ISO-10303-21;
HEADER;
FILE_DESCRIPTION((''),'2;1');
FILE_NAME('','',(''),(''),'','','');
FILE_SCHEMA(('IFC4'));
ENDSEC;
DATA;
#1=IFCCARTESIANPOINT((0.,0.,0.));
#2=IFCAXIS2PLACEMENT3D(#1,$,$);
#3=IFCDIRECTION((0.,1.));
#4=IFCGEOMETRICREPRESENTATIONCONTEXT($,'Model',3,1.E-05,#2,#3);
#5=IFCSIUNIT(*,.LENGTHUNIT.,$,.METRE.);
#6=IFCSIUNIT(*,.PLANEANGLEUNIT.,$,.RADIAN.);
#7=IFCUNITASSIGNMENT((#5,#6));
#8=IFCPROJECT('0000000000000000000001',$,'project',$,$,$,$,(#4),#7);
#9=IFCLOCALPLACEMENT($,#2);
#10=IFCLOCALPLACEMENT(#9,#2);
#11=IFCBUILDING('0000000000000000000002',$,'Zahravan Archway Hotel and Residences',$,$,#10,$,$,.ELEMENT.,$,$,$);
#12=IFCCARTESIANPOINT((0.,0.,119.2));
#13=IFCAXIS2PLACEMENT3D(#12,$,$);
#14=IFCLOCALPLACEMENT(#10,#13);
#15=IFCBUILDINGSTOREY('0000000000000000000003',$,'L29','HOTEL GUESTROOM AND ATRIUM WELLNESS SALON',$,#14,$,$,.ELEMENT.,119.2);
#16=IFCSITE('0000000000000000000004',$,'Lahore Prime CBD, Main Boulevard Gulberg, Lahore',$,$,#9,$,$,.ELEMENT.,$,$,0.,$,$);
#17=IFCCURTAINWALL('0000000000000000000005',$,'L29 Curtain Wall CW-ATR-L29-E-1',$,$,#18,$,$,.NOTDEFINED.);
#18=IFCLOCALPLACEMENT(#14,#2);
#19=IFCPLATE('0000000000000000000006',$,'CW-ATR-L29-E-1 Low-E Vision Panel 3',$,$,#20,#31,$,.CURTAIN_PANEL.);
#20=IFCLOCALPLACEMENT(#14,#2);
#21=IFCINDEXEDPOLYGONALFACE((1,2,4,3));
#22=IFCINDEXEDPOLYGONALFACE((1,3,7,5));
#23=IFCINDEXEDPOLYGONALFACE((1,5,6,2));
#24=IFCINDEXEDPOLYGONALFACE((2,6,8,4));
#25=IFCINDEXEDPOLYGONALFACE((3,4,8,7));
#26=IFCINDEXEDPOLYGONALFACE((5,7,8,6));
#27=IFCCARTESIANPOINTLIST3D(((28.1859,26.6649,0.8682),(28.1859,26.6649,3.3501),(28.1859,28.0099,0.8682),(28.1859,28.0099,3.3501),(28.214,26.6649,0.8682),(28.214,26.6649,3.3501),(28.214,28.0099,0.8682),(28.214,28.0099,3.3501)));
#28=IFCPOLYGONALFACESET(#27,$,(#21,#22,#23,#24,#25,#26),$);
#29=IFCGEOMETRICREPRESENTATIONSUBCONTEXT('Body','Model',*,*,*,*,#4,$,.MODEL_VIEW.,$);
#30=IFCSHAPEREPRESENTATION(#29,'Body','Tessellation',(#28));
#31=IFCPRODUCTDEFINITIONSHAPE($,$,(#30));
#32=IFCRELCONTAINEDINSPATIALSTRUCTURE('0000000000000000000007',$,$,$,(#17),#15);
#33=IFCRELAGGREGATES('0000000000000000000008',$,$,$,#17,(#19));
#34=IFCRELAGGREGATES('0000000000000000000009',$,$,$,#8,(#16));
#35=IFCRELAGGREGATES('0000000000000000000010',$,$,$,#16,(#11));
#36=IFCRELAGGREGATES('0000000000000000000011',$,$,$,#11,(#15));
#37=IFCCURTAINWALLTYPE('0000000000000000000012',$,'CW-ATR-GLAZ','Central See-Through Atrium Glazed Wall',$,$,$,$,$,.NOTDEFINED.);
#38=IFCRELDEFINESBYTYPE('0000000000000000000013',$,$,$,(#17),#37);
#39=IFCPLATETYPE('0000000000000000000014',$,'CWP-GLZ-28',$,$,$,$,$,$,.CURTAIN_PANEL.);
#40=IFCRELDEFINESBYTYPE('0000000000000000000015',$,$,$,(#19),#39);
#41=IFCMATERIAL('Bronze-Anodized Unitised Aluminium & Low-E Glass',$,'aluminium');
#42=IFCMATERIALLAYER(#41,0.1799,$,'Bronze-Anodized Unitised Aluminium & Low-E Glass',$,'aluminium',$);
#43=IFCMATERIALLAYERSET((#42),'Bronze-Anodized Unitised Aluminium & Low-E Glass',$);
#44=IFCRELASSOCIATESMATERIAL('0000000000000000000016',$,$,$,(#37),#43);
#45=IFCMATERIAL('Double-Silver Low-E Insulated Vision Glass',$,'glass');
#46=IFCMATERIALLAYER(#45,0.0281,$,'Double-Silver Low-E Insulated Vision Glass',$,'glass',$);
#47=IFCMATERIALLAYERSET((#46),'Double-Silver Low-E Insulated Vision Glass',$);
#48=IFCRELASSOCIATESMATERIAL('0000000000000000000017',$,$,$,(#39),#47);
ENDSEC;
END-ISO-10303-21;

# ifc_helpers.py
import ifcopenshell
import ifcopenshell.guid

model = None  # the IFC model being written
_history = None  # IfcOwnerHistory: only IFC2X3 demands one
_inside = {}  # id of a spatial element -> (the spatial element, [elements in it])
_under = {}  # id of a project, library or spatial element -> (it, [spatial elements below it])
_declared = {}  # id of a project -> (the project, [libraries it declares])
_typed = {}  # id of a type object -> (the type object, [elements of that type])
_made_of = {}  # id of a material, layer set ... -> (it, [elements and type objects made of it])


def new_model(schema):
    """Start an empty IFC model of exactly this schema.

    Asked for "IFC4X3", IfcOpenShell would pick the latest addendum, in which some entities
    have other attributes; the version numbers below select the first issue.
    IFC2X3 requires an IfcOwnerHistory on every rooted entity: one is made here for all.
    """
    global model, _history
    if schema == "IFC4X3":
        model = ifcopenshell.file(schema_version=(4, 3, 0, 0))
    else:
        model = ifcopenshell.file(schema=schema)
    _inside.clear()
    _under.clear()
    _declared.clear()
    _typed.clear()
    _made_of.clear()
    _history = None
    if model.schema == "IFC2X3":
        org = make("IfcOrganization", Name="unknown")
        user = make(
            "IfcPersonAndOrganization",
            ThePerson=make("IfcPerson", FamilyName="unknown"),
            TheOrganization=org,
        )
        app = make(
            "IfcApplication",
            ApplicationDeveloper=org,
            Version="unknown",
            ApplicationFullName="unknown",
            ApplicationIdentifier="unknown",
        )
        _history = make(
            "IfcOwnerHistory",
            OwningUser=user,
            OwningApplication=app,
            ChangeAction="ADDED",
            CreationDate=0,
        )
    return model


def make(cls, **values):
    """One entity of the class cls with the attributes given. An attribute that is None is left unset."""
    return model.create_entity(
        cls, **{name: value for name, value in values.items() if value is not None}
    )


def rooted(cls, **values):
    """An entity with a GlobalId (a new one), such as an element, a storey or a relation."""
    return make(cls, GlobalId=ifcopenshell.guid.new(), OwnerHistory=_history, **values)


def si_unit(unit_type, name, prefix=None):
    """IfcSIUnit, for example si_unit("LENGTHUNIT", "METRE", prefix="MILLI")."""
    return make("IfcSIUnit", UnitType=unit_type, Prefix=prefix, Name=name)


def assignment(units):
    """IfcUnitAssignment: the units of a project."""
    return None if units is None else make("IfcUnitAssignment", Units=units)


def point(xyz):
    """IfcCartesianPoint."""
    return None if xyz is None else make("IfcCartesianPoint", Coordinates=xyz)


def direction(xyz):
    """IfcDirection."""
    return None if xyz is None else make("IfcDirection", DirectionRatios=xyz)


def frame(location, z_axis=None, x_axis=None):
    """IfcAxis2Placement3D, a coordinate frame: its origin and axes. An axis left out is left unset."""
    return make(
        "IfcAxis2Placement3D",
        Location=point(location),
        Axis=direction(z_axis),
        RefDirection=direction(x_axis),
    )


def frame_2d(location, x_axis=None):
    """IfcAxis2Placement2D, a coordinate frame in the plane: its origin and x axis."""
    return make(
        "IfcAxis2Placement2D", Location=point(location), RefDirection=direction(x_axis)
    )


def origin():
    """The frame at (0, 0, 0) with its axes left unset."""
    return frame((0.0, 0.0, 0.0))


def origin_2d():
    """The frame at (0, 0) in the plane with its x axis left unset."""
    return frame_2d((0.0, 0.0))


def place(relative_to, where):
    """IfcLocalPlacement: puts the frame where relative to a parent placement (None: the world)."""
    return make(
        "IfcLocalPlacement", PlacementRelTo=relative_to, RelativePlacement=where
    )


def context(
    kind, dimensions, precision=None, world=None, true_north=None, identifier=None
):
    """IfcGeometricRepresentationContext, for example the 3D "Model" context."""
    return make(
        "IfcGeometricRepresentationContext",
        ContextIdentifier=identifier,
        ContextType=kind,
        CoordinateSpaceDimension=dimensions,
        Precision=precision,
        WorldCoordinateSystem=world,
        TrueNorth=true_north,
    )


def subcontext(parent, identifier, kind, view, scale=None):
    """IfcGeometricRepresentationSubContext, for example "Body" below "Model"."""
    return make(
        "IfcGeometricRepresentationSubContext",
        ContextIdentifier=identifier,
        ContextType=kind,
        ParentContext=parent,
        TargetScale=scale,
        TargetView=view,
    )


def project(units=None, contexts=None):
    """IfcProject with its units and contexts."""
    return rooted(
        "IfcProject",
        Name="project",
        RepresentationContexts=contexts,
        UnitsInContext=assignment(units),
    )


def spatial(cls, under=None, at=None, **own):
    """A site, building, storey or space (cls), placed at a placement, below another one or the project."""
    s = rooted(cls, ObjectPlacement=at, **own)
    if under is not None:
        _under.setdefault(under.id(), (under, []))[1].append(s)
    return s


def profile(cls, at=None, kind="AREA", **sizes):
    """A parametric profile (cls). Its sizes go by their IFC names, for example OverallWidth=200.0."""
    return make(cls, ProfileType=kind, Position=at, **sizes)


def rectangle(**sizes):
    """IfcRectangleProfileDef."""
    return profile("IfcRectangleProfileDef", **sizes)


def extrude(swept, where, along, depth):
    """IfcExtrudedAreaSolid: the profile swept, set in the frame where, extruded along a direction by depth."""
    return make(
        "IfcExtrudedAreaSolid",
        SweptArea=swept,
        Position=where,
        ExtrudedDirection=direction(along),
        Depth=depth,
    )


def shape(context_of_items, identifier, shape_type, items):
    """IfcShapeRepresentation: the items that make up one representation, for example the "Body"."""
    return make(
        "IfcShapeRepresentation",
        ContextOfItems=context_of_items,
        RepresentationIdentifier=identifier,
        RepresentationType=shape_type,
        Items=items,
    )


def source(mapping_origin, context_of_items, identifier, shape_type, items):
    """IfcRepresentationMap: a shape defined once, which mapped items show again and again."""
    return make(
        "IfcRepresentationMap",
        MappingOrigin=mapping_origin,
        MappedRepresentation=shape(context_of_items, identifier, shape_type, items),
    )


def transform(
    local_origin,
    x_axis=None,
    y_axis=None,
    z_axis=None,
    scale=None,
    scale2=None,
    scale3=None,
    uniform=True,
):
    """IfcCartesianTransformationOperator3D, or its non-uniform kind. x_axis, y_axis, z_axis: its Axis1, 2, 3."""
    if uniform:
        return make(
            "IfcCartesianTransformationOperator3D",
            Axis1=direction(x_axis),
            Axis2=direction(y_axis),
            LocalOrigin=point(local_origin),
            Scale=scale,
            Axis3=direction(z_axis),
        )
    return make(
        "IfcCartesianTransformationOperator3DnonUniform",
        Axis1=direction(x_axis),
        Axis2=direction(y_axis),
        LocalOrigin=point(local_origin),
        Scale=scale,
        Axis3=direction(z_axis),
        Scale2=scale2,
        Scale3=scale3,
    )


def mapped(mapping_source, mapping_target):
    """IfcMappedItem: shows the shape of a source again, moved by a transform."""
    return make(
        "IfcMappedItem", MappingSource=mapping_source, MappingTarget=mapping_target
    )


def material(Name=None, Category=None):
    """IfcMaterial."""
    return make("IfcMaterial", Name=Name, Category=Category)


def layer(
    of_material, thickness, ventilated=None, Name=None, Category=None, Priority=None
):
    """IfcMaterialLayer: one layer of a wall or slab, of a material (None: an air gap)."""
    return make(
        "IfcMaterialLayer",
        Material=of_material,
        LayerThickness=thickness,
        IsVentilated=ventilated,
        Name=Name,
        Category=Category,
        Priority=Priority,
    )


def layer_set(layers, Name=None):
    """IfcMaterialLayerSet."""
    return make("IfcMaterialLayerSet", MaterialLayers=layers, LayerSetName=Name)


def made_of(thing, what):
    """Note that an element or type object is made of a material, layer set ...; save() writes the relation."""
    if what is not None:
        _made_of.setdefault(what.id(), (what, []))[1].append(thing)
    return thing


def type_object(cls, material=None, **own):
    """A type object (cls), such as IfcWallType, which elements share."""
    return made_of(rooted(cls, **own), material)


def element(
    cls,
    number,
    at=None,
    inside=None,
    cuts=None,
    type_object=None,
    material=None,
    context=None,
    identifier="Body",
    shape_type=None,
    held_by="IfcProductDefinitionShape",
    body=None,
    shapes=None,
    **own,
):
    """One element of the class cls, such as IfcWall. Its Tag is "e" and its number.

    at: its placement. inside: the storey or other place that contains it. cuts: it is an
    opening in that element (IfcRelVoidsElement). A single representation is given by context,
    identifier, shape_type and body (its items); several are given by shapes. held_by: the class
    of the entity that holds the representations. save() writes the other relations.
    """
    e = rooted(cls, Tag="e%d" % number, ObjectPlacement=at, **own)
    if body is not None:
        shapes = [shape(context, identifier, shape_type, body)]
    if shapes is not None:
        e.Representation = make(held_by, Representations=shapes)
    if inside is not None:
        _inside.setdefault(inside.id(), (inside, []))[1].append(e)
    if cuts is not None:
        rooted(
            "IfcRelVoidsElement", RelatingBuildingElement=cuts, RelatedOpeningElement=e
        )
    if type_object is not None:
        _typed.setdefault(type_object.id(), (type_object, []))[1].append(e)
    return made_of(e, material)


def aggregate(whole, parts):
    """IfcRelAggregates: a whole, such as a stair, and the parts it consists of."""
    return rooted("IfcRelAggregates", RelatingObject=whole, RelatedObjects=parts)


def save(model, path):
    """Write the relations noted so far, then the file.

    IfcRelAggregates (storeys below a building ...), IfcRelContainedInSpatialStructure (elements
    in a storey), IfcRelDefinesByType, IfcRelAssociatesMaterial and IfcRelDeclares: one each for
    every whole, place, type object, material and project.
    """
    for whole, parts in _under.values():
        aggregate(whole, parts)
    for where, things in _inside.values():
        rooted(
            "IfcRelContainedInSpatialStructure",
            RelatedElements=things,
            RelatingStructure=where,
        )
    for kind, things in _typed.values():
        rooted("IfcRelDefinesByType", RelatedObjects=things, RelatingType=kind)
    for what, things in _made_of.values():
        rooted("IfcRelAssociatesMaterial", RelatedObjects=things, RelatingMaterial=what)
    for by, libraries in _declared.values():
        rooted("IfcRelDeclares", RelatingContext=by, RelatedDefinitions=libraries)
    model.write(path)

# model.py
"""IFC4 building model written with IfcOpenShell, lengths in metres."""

from ifc_helpers import new_model, si_unit, direction, frame, origin, origin_2d, place, context, subcontext, project, spatial, rectangle, extrude, source, transform, mapped, material, layer, layer_set, type_object, element, aggregate, save


model = new_model("IFC4")

# Units and contexts
model_context = context("Model", 3, precision=1e-05, world=origin(), true_north=direction((0.0, 1.0)))
body_context = subcontext(model_context, "Body", "Model", "MODEL_VIEW")
ifc_project = project(units=[si_unit("LENGTHUNIT", "METRE"), si_unit("PLANEANGLEUNIT", "RADIAN")], contexts=[model_context])

# Site, building, storey
site_placement = place(None, origin())
site = spatial("IfcSite", under=ifc_project, at=site_placement, Name="Lahore Prime CBD, Main Boulevard Gulberg, Lahore", CompositionType="ELEMENT", RefElevation=0.0)
building_placement = place(site_placement, origin())
building = spatial("IfcBuilding", under=site, at=building_placement, Name="Zahravan Archway Hotel and Residences", CompositionType="ELEMENT")
storey_placement = place(building_placement, frame((0.0, 0.0, 119.2)))
storey = spatial("IfcBuildingStorey", under=building, at=storey_placement, Name="L29", Description="HOTEL GUESTROOM AND ATRIUM WELLNESS SALON", CompositionType="ELEMENT", Elevation=119.2)

# Shared definitions
ifc_material_1 = material(Name="Bronze-Anodized Unitised Aluminium & Low-E Glass", Category="aluminium")
ifc_layer_1 = layer(ifc_material_1, 0.1799, Name="Bronze-Anodized Unitised Aluminium & Low-E Glass", Category="aluminium")
ifc_layer_set_1 = layer_set([ifc_layer_1], Name="Bronze-Anodized Unitised Aluminium & Low-E Glass")
curtain_wall_type = type_object("IfcCurtainWallType", Name="CW-ATR-GLAZ", Description="Central See-Through Atrium Glazed Wall", PredefinedType="NOTDEFINED", material=ifc_layer_set_1)

# Curtain wall
curtain_wall_1_placement = place(storey_placement, origin())
curtain_wall_1 = element("IfcCurtainWall", 1, at=curtain_wall_1_placement, inside=storey, type_object=curtain_wall_type, Name="L29 Curtain Wall CW-ATR-L29-E-1", PredefinedType="NOTDEFINED")

# Plate
ifc_material_2 = material(Name="Double-Silver Low-E Insulated Vision Glass", Category="glass")
ifc_layer_2 = layer(ifc_material_2, 0.0281, Name="Double-Silver Low-E Insulated Vision Glass", Category="glass")
ifc_layer_set_2 = layer_set([ifc_layer_2], Name="Double-Silver Low-E Insulated Vision Glass")
plate_type_1 = type_object("IfcPlateType", Name="CWP-GLZ-28", PredefinedType="CURTAIN_PANEL", material=ifc_layer_set_2)
shared_shape_1 = source(origin(), body_context, "Body", "SweptSolid", [
    extrude(rectangle(XDim=1.345, YDim=0.0281, at=origin_2d()), origin(), (0.0, 0.0, 1.0), 2.4819),
])
plate_1_placement = place(storey_placement, frame((28.2, 27.3374, 0.8682), z_axis=(0.0, 0.0, 1.0), x_axis=(0.0, 1.0, 0.0)))
plate_1 = element("IfcPlate", 2, at=plate_1_placement, type_object=plate_type_1, Name="CW-ATR-L29-E-1 Low-E Vision Panel 3", PredefinedType="CURTAIN_PANEL", context=body_context, shape_type="MappedRepresentation", body=[
    mapped(shared_shape_1, transform((0.0, 0.0, 0.0), scale=1.0)),
])
aggregate(curtain_wall_1, [plate_1])

save(model, "model.ifc")
